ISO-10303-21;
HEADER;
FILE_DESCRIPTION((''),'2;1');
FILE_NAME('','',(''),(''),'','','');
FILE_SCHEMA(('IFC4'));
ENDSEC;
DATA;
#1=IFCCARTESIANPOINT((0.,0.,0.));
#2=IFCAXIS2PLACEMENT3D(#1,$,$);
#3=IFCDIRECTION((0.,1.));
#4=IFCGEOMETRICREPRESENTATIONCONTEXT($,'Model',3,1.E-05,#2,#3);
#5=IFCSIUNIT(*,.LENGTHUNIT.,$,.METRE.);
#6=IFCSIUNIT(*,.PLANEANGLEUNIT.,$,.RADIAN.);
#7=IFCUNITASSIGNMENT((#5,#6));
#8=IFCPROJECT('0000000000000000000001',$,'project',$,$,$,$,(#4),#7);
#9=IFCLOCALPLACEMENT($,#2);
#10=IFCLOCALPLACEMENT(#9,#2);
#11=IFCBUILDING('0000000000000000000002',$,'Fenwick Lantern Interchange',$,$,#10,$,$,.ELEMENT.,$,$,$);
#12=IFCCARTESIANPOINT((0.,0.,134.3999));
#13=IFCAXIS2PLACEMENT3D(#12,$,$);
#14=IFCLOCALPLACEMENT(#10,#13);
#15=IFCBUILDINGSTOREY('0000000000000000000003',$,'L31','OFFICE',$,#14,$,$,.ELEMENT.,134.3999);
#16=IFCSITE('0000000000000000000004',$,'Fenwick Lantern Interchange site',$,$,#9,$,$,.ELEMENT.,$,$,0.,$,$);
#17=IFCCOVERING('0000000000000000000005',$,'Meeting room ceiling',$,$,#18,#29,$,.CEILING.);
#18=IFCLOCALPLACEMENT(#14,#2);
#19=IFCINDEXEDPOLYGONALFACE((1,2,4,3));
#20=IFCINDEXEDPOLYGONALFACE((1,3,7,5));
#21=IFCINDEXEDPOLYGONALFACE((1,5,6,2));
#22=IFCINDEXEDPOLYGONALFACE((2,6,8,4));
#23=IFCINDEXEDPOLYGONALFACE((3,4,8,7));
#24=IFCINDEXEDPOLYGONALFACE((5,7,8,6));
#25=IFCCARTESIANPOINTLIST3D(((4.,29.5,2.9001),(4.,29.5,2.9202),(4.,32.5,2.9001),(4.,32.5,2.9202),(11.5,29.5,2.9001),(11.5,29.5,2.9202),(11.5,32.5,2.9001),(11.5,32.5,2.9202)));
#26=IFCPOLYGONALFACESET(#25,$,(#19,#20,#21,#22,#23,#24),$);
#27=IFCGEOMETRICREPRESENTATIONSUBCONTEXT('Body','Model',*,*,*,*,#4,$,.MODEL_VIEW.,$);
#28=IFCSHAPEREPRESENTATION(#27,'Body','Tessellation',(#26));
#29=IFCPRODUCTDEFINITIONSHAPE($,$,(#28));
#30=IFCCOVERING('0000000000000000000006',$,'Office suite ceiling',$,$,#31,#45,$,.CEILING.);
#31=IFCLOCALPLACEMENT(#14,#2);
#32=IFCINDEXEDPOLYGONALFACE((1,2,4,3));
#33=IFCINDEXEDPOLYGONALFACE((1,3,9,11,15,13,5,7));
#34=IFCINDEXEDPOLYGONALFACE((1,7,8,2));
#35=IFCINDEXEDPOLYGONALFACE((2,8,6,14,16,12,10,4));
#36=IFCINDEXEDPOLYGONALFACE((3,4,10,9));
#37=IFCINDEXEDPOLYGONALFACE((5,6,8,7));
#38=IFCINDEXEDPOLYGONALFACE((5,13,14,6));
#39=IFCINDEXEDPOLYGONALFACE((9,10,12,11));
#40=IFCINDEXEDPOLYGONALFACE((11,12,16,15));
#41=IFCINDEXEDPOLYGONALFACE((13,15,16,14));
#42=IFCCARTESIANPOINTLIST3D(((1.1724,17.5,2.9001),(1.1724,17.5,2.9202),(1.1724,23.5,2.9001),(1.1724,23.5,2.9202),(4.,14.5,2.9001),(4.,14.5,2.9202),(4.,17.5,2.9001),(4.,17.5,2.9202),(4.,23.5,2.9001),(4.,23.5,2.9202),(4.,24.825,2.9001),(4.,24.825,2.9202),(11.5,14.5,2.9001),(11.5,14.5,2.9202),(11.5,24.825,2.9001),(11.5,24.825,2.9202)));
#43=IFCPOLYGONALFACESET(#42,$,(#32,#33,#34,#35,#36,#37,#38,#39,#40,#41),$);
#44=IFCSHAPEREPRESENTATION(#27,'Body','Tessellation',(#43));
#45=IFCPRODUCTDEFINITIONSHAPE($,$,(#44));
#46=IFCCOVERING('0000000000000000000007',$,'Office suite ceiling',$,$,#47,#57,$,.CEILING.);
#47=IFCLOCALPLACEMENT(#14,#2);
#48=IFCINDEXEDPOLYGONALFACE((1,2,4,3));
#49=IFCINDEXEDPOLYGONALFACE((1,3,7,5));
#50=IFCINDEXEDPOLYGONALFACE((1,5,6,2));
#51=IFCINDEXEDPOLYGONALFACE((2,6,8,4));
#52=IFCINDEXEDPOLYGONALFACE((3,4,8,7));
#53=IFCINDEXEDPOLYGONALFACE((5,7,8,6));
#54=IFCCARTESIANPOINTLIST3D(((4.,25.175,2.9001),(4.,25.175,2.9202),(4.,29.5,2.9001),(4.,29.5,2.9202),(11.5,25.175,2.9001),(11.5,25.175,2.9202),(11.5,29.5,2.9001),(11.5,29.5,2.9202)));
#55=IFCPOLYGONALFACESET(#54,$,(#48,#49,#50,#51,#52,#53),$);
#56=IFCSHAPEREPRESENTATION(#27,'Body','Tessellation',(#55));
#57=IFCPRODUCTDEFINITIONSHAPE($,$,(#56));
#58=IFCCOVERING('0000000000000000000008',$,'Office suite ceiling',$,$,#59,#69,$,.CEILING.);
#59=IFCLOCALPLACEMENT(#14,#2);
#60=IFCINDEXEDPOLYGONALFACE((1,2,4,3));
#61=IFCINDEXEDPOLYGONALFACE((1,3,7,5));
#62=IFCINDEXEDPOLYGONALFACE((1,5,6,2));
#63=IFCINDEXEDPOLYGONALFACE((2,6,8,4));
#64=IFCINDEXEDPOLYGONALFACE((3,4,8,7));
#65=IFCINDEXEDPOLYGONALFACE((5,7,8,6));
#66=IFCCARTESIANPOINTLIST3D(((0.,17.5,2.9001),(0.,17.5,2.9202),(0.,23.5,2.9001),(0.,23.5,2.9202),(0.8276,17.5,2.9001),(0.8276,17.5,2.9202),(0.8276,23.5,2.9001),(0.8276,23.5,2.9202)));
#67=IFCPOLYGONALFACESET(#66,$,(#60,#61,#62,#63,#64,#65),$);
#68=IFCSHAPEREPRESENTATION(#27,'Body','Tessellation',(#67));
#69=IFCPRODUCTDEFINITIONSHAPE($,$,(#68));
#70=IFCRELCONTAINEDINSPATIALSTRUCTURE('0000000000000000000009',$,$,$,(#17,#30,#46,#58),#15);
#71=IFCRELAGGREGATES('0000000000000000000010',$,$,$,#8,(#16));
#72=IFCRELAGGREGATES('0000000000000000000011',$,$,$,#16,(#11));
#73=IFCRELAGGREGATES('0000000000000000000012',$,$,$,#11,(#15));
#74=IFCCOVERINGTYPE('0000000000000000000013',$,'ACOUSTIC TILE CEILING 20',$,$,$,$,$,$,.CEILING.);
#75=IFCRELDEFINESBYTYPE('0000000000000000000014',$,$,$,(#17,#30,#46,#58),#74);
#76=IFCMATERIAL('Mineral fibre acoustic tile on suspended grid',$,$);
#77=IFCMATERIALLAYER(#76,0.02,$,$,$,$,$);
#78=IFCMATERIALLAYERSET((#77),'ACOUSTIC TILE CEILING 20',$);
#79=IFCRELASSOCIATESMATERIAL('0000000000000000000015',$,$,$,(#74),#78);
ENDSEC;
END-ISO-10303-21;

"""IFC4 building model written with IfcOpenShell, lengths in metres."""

from ifc_helpers import new_model, si_unit, direction, frame, origin, place, context, subcontext, project, spatial, polyline, outline, extrude, material, layer, layer_set, type_object, element, save


model = new_model("IFC4")

# Units and contexts
model_context = context("Model", 3, precision=1e-05, world=origin(), true_north=direction((0.0, 1.0)))
body_context = subcontext(model_context, "Body", "Model", "MODEL_VIEW")
ifc_project = project(units=[si_unit("LENGTHUNIT", "METRE"), si_unit("PLANEANGLEUNIT", "RADIAN")], contexts=[model_context])

# Site, building, storey
site_placement = place(None, origin())
site = spatial("IfcSite", under=ifc_project, at=site_placement, Name="Fenwick Lantern Interchange site", CompositionType="ELEMENT", RefElevation=0.0)
building_placement = place(site_placement, origin())
building = spatial("IfcBuilding", under=site, at=building_placement, Name="Fenwick Lantern Interchange", CompositionType="ELEMENT")
storey_placement = place(building_placement, frame((0.0, 0.0, 134.3999)))
storey = spatial("IfcBuildingStorey", under=building, at=storey_placement, Name="L31", Description="OFFICE", CompositionType="ELEMENT", Elevation=134.3999)

# Coverings
ifc_material = material(Name="Mineral fibre acoustic tile on suspended grid")
ifc_layer = layer(ifc_material, 0.02)
ifc_layer_set = layer_set([ifc_layer], Name="ACOUSTIC TILE CEILING 20")
covering_type = type_object("IfcCoveringType", Name="ACOUSTIC TILE CEILING 20", PredefinedType="CEILING", material=ifc_layer_set)
covering_1_placement = place(storey_placement, frame((0.0, 0.0, 2.9001)))
element("IfcCovering", 1, at=covering_1_placement, inside=storey, type_object=covering_type, Name="Meeting room ceiling", PredefinedType="CEILING", context=body_context, shape_type="SweptSolid", body=[
    extrude(outline(polyline([(4.0, 32.5), (4.0, 29.5), (11.5, 29.5), (11.5, 32.5), (4.0, 32.5)])), origin(), (0.0, 0.0, 1.0), 0.02),
])
covering_2_placement = place(storey_placement, frame((0.0, 0.0, 2.9001)))
element("IfcCovering", 2, at=covering_2_placement, inside=storey, type_object=covering_type, Name="Office suite ceiling", PredefinedType="CEILING", context=body_context, shape_type="SweptSolid", body=[
    extrude(outline(polyline([(4.0, 23.5), (1.1724, 23.5), (1.1724, 17.5), (4.0, 17.5), (4.0, 14.5), (11.5, 14.5), (11.5, 24.825), (4.0, 24.825), (4.0, 23.5)])), origin(), (0.0, 0.0, 1.0), 0.02),
])
covering_3_placement = place(storey_placement, frame((0.0, 0.0, 2.9001)))
element("IfcCovering", 3, at=covering_3_placement, inside=storey, type_object=covering_type, Name="Office suite ceiling", PredefinedType="CEILING", context=body_context, shape_type="SweptSolid", body=[
    extrude(outline(polyline([(4.0, 29.5), (4.0, 25.175), (11.5, 25.175), (11.5, 29.5), (4.0, 29.5)])), origin(), (0.0, 0.0, 1.0), 0.02),
])
covering_4_placement = place(storey_placement, frame((0.0, 0.0, 2.9001)))
element("IfcCovering", 4, at=covering_4_placement, inside=storey, type_object=covering_type, Name="Office suite ceiling", PredefinedType="CEILING", context=body_context, shape_type="SweptSolid", body=[
    extrude(outline(polyline([(0.0, 23.5), (0.0, 17.5), (0.8276, 17.5), (0.8276, 23.5), (0.0, 23.5)])), origin(), (0.0, 0.0, 1.0), 0.02),
])

save(model, "model.ifc")
